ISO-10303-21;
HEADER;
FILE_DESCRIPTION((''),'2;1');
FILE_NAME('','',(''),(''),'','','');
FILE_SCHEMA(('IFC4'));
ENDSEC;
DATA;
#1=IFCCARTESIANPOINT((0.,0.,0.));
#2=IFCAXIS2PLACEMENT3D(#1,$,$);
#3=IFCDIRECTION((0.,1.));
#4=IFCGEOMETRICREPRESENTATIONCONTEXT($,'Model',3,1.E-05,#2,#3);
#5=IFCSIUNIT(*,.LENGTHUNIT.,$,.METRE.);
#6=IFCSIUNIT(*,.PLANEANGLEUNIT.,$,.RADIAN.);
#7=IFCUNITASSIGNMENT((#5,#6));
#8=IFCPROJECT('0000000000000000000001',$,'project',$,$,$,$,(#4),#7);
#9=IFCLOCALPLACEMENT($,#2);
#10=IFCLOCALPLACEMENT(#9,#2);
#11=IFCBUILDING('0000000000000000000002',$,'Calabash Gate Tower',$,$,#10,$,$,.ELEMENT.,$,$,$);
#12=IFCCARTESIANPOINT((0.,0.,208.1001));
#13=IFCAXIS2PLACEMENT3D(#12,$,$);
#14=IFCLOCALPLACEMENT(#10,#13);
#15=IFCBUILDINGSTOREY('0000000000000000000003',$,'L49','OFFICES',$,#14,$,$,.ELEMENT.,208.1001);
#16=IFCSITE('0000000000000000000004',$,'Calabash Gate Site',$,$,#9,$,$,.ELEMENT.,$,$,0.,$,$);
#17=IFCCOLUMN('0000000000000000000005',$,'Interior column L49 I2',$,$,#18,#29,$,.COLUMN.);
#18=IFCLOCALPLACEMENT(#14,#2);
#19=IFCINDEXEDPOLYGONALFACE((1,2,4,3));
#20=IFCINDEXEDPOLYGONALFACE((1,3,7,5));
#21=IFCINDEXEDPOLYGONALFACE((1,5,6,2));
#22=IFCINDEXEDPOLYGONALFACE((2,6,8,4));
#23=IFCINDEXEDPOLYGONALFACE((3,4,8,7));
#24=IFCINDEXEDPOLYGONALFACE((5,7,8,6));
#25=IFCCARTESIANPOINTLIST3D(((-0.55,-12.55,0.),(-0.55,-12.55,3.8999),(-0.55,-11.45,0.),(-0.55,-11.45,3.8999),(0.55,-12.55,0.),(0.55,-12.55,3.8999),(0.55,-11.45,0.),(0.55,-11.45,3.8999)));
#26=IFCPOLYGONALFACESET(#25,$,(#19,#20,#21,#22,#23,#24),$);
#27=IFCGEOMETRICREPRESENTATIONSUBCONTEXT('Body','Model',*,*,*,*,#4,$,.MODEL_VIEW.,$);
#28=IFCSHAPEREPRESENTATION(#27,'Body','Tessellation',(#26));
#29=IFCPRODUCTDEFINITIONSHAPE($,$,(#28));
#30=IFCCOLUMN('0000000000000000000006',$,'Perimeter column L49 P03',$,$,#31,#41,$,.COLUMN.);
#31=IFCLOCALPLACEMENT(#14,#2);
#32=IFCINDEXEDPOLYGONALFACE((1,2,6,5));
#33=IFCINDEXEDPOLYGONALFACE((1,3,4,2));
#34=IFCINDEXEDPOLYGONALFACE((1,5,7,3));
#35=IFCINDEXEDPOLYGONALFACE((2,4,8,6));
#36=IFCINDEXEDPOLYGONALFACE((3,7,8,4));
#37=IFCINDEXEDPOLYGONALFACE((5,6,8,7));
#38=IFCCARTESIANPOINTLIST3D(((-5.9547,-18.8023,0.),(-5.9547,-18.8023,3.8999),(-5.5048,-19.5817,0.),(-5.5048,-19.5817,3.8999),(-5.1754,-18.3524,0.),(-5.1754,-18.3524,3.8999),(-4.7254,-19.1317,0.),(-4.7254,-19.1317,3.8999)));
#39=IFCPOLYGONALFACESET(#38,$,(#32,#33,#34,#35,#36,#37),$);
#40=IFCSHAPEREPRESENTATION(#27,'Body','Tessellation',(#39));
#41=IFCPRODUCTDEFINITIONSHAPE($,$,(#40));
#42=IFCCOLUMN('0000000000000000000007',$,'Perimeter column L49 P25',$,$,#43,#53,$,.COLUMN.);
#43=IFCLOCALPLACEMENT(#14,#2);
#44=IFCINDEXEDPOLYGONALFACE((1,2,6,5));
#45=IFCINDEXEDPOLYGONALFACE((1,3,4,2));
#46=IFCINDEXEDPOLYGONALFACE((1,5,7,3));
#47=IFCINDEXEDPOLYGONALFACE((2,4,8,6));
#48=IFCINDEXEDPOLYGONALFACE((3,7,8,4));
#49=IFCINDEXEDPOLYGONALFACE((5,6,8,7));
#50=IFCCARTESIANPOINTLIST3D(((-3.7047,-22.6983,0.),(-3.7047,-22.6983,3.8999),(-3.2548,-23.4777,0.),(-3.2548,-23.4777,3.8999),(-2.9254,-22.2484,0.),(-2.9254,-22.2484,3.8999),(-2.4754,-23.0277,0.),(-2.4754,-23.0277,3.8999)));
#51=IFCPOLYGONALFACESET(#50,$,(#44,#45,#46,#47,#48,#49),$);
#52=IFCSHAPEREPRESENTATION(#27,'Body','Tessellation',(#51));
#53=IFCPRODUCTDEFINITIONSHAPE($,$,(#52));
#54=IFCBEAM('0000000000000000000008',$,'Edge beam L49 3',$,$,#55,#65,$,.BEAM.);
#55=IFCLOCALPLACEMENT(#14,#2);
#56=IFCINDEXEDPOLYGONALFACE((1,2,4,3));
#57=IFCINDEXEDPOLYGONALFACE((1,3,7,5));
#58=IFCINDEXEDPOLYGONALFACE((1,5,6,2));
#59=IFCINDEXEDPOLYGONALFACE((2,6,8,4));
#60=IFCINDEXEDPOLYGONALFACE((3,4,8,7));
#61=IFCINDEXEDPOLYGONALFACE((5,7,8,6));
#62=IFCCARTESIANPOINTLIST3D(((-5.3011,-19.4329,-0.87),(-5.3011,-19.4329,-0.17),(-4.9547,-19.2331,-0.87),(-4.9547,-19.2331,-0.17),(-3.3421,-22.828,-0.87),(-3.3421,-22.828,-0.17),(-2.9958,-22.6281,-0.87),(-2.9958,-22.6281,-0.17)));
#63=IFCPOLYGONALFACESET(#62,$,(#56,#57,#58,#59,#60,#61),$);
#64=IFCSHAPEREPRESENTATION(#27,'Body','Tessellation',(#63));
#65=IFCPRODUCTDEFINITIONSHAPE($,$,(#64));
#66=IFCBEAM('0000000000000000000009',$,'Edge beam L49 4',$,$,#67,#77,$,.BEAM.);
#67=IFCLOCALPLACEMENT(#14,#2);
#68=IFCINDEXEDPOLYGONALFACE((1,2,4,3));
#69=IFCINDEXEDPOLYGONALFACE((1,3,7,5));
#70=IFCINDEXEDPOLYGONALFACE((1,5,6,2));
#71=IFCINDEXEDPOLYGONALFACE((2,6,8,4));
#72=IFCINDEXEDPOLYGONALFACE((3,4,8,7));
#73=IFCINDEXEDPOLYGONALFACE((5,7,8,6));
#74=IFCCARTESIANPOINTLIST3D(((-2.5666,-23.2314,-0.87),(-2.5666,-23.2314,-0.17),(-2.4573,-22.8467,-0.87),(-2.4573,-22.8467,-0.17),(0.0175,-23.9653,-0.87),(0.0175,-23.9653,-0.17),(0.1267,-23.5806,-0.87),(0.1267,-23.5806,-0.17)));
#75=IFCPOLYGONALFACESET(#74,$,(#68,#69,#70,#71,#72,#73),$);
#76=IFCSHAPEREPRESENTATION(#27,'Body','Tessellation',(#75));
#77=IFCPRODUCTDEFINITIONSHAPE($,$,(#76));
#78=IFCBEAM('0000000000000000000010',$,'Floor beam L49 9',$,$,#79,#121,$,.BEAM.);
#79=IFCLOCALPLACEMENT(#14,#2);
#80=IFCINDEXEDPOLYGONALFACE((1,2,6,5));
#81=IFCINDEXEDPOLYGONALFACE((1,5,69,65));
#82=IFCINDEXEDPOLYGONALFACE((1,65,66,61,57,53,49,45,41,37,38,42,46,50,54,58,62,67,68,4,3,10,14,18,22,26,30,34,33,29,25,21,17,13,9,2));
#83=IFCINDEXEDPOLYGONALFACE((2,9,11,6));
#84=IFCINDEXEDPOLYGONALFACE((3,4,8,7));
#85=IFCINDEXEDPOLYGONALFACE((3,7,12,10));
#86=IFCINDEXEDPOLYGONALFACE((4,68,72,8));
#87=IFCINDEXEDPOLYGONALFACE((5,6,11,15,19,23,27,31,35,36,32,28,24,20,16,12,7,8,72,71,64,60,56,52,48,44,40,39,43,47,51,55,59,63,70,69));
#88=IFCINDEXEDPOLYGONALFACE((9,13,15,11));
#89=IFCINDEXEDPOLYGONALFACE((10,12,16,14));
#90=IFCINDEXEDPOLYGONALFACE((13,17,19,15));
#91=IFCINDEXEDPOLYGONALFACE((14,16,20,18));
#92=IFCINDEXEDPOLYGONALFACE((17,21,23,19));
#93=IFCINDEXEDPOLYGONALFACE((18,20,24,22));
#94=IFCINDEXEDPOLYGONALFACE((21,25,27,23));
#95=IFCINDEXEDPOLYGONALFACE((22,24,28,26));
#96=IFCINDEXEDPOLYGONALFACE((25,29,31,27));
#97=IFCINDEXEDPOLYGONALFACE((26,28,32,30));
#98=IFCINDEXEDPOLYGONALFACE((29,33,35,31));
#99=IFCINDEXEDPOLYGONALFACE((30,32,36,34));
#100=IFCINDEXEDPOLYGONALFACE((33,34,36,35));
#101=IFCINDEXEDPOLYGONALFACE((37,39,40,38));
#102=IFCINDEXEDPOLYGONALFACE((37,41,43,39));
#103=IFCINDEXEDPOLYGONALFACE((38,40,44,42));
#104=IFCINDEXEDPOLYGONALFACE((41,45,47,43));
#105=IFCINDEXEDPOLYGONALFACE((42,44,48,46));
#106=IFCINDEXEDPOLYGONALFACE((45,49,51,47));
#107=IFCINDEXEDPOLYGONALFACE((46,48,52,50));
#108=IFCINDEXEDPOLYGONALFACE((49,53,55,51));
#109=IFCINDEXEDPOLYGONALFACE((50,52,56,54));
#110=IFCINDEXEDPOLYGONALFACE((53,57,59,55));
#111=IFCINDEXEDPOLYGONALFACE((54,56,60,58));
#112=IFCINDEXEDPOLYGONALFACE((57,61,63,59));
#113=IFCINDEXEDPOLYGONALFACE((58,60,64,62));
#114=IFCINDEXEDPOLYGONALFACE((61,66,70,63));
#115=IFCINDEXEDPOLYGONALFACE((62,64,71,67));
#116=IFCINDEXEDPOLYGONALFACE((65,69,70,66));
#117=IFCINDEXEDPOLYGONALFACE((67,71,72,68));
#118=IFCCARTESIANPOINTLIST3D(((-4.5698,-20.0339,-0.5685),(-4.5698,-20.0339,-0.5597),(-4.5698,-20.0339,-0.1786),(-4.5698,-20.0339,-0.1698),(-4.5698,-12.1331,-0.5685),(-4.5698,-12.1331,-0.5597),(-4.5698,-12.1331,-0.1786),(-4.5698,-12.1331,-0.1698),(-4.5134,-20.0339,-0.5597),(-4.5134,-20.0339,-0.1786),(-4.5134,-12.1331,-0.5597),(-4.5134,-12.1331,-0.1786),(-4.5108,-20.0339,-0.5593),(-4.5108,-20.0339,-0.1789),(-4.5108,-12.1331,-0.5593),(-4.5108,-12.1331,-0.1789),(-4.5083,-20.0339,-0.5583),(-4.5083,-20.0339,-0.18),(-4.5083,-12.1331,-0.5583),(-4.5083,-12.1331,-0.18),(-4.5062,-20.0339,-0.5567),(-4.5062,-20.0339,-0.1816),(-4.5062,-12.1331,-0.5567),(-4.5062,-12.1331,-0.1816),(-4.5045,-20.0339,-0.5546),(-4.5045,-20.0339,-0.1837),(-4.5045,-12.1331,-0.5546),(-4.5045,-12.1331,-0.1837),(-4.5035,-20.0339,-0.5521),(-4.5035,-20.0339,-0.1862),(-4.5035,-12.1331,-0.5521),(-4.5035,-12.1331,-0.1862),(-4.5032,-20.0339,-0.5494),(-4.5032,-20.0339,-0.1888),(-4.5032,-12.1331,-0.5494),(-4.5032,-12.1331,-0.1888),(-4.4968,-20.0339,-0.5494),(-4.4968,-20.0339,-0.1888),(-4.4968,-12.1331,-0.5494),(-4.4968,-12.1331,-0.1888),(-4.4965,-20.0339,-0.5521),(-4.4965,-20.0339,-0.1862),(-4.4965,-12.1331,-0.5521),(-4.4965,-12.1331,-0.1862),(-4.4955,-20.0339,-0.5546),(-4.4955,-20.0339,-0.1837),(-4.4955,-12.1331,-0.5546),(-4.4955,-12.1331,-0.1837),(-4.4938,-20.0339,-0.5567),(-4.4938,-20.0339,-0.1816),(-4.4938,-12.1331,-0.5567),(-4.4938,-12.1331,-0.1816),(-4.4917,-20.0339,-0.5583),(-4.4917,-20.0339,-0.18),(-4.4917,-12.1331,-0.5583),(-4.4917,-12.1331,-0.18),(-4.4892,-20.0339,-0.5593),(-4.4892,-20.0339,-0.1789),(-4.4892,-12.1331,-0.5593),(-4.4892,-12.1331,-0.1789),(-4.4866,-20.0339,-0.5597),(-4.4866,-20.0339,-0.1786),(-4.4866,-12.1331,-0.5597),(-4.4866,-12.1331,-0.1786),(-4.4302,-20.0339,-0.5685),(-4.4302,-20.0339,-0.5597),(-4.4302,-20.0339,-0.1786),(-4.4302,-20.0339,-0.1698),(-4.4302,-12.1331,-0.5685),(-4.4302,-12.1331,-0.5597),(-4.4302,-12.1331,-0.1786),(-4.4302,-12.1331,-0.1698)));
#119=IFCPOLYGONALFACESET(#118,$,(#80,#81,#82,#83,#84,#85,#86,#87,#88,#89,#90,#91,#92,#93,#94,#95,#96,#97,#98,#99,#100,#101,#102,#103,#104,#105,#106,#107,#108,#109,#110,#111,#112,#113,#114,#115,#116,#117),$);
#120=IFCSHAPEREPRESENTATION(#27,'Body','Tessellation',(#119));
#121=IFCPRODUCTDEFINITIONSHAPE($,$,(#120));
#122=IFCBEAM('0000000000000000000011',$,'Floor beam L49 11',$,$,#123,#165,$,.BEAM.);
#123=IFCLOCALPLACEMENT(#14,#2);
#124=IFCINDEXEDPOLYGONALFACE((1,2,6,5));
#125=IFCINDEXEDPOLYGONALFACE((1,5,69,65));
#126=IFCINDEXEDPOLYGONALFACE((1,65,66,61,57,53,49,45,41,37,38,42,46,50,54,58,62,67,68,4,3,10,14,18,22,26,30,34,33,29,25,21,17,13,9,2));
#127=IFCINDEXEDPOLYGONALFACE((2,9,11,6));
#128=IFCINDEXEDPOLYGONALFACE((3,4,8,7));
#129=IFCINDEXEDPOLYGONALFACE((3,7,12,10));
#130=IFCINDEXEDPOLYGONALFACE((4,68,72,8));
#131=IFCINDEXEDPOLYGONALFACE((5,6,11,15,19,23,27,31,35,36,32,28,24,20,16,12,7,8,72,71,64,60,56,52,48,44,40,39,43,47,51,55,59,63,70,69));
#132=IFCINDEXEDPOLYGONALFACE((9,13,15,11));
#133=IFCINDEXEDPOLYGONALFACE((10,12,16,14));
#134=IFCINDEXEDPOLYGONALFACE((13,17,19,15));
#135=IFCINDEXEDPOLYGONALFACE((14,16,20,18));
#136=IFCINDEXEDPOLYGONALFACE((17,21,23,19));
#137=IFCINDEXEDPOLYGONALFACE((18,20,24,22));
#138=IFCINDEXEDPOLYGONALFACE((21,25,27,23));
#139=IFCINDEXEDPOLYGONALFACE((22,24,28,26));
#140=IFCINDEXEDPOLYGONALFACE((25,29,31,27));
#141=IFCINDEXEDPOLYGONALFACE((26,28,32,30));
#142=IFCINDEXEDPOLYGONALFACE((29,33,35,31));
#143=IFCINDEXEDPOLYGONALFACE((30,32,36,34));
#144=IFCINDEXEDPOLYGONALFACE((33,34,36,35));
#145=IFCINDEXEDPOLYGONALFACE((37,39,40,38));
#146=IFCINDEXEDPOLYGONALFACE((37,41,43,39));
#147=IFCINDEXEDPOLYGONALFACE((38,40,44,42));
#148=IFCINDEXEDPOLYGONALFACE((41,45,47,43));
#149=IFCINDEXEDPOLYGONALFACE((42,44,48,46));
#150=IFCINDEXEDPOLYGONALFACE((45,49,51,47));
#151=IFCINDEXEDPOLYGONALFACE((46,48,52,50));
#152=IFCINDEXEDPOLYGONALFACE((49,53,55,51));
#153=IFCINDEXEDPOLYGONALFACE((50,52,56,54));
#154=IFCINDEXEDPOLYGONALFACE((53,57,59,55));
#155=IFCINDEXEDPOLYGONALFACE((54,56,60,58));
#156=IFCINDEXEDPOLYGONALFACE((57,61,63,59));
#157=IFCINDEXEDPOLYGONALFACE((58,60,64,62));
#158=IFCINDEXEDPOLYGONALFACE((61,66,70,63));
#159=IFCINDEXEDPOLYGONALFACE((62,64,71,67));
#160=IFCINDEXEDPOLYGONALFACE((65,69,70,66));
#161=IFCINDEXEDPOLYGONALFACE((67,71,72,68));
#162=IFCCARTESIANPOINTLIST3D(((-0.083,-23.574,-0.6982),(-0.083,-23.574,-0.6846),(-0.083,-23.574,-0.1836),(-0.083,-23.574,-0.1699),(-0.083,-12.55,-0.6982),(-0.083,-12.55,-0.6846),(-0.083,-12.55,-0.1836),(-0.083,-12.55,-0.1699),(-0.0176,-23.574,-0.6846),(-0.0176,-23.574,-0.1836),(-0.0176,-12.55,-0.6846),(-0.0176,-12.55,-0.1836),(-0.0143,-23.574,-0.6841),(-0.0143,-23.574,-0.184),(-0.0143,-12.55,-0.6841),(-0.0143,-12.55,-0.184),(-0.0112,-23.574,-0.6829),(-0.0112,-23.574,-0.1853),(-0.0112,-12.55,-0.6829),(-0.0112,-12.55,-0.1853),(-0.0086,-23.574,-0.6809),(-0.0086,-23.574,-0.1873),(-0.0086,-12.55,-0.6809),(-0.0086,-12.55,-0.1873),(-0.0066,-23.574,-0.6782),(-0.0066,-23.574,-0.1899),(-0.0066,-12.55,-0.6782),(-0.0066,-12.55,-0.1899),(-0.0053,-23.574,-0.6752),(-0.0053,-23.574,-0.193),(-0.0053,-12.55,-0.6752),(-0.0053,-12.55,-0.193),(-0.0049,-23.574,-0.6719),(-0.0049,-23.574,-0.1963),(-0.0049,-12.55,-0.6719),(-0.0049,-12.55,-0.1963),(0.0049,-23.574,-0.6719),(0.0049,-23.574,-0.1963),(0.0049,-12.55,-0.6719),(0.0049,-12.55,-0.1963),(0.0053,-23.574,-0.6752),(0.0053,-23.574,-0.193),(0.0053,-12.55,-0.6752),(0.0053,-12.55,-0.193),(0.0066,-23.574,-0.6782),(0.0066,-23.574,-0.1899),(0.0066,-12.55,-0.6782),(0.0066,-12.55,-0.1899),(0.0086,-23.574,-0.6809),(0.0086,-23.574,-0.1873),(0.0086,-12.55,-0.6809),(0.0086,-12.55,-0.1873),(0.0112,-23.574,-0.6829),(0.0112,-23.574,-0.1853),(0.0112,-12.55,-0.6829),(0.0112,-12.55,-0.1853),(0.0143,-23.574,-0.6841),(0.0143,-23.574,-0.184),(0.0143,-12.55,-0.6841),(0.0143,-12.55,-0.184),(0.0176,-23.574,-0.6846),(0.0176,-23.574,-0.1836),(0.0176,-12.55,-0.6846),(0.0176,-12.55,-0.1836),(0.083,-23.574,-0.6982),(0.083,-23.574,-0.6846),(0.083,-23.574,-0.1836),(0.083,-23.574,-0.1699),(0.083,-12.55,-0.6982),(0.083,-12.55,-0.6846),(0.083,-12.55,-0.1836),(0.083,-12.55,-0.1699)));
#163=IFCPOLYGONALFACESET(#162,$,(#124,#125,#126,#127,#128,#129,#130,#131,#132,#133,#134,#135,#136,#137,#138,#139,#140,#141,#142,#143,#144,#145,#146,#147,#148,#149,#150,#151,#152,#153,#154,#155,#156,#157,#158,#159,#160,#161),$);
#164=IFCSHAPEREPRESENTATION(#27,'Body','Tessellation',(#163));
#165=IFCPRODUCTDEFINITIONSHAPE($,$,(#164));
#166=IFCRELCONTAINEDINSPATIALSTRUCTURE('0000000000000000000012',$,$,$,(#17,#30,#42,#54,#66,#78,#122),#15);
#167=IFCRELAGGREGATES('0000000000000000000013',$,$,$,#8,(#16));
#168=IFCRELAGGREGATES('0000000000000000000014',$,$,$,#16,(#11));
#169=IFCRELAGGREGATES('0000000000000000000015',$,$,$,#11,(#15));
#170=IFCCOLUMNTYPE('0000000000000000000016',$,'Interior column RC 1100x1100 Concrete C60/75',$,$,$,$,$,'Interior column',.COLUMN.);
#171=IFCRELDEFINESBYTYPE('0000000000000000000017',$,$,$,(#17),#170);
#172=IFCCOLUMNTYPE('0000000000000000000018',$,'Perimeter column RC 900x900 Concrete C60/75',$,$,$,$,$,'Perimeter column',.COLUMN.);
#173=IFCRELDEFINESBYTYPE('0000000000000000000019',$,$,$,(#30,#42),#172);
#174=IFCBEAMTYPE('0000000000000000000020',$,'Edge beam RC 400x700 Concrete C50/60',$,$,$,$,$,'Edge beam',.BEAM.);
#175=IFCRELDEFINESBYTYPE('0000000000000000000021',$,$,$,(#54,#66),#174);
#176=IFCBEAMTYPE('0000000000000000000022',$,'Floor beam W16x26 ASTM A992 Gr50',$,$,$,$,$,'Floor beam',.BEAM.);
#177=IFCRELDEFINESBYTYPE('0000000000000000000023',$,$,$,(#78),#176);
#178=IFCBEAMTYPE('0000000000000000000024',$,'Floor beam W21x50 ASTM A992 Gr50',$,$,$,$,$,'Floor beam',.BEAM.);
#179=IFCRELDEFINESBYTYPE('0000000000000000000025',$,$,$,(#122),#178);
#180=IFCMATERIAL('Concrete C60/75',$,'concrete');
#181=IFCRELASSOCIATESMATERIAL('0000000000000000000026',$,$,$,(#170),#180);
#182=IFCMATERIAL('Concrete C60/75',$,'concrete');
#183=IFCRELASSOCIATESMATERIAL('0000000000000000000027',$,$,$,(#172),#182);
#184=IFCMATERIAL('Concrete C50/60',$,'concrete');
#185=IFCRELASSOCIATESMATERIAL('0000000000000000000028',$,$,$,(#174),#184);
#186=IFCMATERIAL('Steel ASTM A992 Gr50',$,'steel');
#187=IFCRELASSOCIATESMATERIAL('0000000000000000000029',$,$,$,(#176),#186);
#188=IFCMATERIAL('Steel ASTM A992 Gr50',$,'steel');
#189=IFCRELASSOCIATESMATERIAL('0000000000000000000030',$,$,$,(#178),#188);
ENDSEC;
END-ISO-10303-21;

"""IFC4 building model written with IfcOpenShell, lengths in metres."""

from ifc_helpers import new_model, si_unit, direction, frame, origin, origin_2d, place, context, subcontext, project, spatial, rectangle, i_section, extrude, material, material_profile, profile_set, type_object, element, save


model = new_model("IFC4")

# Units and contexts
model_context = context("Model", 3, precision=1e-05, world=origin(), true_north=direction((0.0, 1.0)))
body_context = subcontext(model_context, "Body", "Model", "MODEL_VIEW")
ifc_project = project(units=[si_unit("LENGTHUNIT", "METRE"), si_unit("PLANEANGLEUNIT", "RADIAN")], contexts=[model_context])

# Site, building, storey
site_placement = place(None, origin())
site = spatial("IfcSite", under=ifc_project, at=site_placement, Name="Calabash Gate Site", CompositionType="ELEMENT", RefElevation=0.0)
building_placement = place(site_placement, origin())
building = spatial("IfcBuilding", under=site, at=building_placement, Name="Calabash Gate Tower", CompositionType="ELEMENT")
storey_placement = place(building_placement, frame((0.0, 0.0, 208.1001)))
storey = spatial("IfcBuildingStorey", under=building, at=storey_placement, Name="L49", Description="OFFICES", CompositionType="ELEMENT", Elevation=208.1001)

# Columns
ifc_material_1 = material(Name="Concrete C60/75", Category="concrete")
ifc_material_profile_1 = material_profile(ifc_material_1, rectangle(XDim=1.1001, YDim=1.1001, at=origin_2d()))
ifc_profile_set_1 = profile_set([ifc_material_profile_1], Name="Concrete C60/75")
column_type_1 = type_object("IfcColumnType", Name="Interior column RC 1100x1100 Concrete C60/75", ElementType="Interior column", PredefinedType="COLUMN", material=ifc_profile_set_1)
column_placement = place(storey_placement, frame((0.0, -12.0, 0.0), z_axis=(0.0, 0.0, 1.0), x_axis=(1.0, 0.0, 0.0)))
element("IfcColumn", 1, at=column_placement, inside=storey, type_object=column_type_1, Name="Interior column L49 I2", PredefinedType="COLUMN", context=body_context, shape_type="SweptSolid", body=[
    extrude(rectangle(XDim=1.1001, YDim=1.1001, at=origin_2d()), origin(), (0.0, 0.0, 1.0), 3.8999),
])
ifc_material_2 = material(Name="Concrete C60/75", Category="concrete")
ifc_material_profile_2 = material_profile(ifc_material_2, rectangle(XDim=0.8999, YDim=0.8999, at=origin_2d()))
ifc_profile_set_2 = profile_set([ifc_material_profile_2], Name="Concrete C60/75")
column_type_2 = type_object("IfcColumnType", Name="Perimeter column RC 900x900 Concrete C60/75", ElementType="Perimeter column", PredefinedType="COLUMN", material=ifc_profile_set_2)
for number, where, z_axis, x_axis, name in (
    (2, (-5.3401, -18.967, 0.0), (0.0, 0.0, 1.0), (0.5, -0.866025, 0.0), "Perimeter column L49 P03"),
    (3, (-3.0901, -22.863, 0.0), (0.0, 0.0, 1.0), (0.5, -0.866025, 0.0), "Perimeter column L49 P25"),
):
    element("IfcColumn", number, at=place(storey_placement, frame(where, z_axis=z_axis, x_axis=x_axis)), inside=storey, type_object=column_type_2, Name=name, PredefinedType="COLUMN", context=body_context, shape_type="SweptSolid", body=[
        extrude(rectangle(XDim=0.8999, YDim=0.8999, at=origin_2d()), origin(), (0.0, 0.0, 1.0), 3.8999),
    ])

# Beams
ifc_material_3 = material(Name="Concrete C50/60", Category="concrete")
ifc_material_profile_3 = material_profile(ifc_material_3, rectangle(XDim=0.3999, YDim=0.7, at=origin_2d()))
ifc_profile_set_3 = profile_set([ifc_material_profile_3], Name="Concrete C50/60")
beam_type_1 = type_object("IfcBeamType", Name="Edge beam RC 400x700 Concrete C50/60", ElementType="Edge beam", PredefinedType="BEAM", material=ifc_profile_set_3)
beam_1_placement = place(storey_placement, frame((-5.1279, -19.333, -0.52), z_axis=(0.499784, -0.86615, 0.0), x_axis=(0.86615, 0.499784, 0.0)))
element("IfcBeam", 4, at=beam_1_placement, inside=storey, type_object=beam_type_1, Name="Edge beam L49 3", PredefinedType="BEAM", context=body_context, shape_type="SweptSolid", body=[
    extrude(rectangle(XDim=0.3999, YDim=0.7, at=origin_2d()), origin(), (0.0, 0.0, 1.0), 3.9197),
])
beam_2_placement = place(storey_placement, frame((-2.512, -23.0391, -0.52), z_axis=(0.961955, -0.273208, 0.0), x_axis=(0.273208, 0.961955, 0.0)))
element("IfcBeam", 5, at=beam_2_placement, inside=storey, type_object=beam_type_1, Name="Edge beam L49 4", PredefinedType="BEAM", context=body_context, shape_type="SweptSolid", body=[
    extrude(rectangle(XDim=0.3999, YDim=0.7, at=origin_2d()), origin(), (0.0, 0.0, 1.0), 2.6863),
])
ifc_material_4 = material(Name="Steel ASTM A992 Gr50", Category="steel")
ifc_material_profile_4 = material_profile(ifc_material_4, i_section(OverallWidth=0.1396, OverallDepth=0.3987, WebThickness=0.0063, FlangeThickness=0.0088, FilletRadius=0.0103, at=origin_2d()))
ifc_profile_set_4 = profile_set([ifc_material_profile_4], Name="Steel ASTM A992 Gr50")
beam_type_2 = type_object("IfcBeamType", Name="Floor beam W16x26 ASTM A992 Gr50", ElementType="Floor beam", PredefinedType="BEAM", material=ifc_profile_set_4)
beam_3_placement = place(storey_placement, frame((-4.5, -20.0339, -0.3691), z_axis=(0.0, 1.0, 0.0), x_axis=(-1.0, 0.0, 0.0)))
element("IfcBeam", 6, at=beam_3_placement, inside=storey, type_object=beam_type_2, Name="Floor beam L49 9", PredefinedType="BEAM", context=body_context, shape_type="SweptSolid", body=[
    extrude(i_section(OverallWidth=0.1396, OverallDepth=0.3987, WebThickness=0.0063, FlangeThickness=0.0088, FilletRadius=0.0103, at=origin_2d()), origin(), (0.0, 0.0, 1.0), 7.9009),
])
ifc_material_5 = material(Name="Steel ASTM A992 Gr50", Category="steel")
ifc_material_profile_5 = material_profile(ifc_material_5, i_section(OverallWidth=0.166, OverallDepth=0.5283, WebThickness=0.0098, FlangeThickness=0.0137, FilletRadius=0.0127, at=origin_2d()))
ifc_profile_set_5 = profile_set([ifc_material_profile_5], Name="Steel ASTM A992 Gr50")
beam_type_3 = type_object("IfcBeamType", Name="Floor beam W21x50 ASTM A992 Gr50", ElementType="Floor beam", PredefinedType="BEAM", material=ifc_profile_set_5)
beam_4_placement = place(storey_placement, frame((0.0, -23.574, -0.4341), z_axis=(0.0, 1.0, 0.0), x_axis=(-1.0, 0.0, 0.0)))
element("IfcBeam", 7, at=beam_4_placement, inside=storey, type_object=beam_type_3, Name="Floor beam L49 11", PredefinedType="BEAM", context=body_context, shape_type="SweptSolid", body=[
    extrude(i_section(OverallWidth=0.166, OverallDepth=0.5283, WebThickness=0.0098, FlangeThickness=0.0137, FilletRadius=0.0127, at=origin_2d()), origin(), (0.0, 0.0, 1.0), 11.0239),
])

save(model, "model.ifc")
